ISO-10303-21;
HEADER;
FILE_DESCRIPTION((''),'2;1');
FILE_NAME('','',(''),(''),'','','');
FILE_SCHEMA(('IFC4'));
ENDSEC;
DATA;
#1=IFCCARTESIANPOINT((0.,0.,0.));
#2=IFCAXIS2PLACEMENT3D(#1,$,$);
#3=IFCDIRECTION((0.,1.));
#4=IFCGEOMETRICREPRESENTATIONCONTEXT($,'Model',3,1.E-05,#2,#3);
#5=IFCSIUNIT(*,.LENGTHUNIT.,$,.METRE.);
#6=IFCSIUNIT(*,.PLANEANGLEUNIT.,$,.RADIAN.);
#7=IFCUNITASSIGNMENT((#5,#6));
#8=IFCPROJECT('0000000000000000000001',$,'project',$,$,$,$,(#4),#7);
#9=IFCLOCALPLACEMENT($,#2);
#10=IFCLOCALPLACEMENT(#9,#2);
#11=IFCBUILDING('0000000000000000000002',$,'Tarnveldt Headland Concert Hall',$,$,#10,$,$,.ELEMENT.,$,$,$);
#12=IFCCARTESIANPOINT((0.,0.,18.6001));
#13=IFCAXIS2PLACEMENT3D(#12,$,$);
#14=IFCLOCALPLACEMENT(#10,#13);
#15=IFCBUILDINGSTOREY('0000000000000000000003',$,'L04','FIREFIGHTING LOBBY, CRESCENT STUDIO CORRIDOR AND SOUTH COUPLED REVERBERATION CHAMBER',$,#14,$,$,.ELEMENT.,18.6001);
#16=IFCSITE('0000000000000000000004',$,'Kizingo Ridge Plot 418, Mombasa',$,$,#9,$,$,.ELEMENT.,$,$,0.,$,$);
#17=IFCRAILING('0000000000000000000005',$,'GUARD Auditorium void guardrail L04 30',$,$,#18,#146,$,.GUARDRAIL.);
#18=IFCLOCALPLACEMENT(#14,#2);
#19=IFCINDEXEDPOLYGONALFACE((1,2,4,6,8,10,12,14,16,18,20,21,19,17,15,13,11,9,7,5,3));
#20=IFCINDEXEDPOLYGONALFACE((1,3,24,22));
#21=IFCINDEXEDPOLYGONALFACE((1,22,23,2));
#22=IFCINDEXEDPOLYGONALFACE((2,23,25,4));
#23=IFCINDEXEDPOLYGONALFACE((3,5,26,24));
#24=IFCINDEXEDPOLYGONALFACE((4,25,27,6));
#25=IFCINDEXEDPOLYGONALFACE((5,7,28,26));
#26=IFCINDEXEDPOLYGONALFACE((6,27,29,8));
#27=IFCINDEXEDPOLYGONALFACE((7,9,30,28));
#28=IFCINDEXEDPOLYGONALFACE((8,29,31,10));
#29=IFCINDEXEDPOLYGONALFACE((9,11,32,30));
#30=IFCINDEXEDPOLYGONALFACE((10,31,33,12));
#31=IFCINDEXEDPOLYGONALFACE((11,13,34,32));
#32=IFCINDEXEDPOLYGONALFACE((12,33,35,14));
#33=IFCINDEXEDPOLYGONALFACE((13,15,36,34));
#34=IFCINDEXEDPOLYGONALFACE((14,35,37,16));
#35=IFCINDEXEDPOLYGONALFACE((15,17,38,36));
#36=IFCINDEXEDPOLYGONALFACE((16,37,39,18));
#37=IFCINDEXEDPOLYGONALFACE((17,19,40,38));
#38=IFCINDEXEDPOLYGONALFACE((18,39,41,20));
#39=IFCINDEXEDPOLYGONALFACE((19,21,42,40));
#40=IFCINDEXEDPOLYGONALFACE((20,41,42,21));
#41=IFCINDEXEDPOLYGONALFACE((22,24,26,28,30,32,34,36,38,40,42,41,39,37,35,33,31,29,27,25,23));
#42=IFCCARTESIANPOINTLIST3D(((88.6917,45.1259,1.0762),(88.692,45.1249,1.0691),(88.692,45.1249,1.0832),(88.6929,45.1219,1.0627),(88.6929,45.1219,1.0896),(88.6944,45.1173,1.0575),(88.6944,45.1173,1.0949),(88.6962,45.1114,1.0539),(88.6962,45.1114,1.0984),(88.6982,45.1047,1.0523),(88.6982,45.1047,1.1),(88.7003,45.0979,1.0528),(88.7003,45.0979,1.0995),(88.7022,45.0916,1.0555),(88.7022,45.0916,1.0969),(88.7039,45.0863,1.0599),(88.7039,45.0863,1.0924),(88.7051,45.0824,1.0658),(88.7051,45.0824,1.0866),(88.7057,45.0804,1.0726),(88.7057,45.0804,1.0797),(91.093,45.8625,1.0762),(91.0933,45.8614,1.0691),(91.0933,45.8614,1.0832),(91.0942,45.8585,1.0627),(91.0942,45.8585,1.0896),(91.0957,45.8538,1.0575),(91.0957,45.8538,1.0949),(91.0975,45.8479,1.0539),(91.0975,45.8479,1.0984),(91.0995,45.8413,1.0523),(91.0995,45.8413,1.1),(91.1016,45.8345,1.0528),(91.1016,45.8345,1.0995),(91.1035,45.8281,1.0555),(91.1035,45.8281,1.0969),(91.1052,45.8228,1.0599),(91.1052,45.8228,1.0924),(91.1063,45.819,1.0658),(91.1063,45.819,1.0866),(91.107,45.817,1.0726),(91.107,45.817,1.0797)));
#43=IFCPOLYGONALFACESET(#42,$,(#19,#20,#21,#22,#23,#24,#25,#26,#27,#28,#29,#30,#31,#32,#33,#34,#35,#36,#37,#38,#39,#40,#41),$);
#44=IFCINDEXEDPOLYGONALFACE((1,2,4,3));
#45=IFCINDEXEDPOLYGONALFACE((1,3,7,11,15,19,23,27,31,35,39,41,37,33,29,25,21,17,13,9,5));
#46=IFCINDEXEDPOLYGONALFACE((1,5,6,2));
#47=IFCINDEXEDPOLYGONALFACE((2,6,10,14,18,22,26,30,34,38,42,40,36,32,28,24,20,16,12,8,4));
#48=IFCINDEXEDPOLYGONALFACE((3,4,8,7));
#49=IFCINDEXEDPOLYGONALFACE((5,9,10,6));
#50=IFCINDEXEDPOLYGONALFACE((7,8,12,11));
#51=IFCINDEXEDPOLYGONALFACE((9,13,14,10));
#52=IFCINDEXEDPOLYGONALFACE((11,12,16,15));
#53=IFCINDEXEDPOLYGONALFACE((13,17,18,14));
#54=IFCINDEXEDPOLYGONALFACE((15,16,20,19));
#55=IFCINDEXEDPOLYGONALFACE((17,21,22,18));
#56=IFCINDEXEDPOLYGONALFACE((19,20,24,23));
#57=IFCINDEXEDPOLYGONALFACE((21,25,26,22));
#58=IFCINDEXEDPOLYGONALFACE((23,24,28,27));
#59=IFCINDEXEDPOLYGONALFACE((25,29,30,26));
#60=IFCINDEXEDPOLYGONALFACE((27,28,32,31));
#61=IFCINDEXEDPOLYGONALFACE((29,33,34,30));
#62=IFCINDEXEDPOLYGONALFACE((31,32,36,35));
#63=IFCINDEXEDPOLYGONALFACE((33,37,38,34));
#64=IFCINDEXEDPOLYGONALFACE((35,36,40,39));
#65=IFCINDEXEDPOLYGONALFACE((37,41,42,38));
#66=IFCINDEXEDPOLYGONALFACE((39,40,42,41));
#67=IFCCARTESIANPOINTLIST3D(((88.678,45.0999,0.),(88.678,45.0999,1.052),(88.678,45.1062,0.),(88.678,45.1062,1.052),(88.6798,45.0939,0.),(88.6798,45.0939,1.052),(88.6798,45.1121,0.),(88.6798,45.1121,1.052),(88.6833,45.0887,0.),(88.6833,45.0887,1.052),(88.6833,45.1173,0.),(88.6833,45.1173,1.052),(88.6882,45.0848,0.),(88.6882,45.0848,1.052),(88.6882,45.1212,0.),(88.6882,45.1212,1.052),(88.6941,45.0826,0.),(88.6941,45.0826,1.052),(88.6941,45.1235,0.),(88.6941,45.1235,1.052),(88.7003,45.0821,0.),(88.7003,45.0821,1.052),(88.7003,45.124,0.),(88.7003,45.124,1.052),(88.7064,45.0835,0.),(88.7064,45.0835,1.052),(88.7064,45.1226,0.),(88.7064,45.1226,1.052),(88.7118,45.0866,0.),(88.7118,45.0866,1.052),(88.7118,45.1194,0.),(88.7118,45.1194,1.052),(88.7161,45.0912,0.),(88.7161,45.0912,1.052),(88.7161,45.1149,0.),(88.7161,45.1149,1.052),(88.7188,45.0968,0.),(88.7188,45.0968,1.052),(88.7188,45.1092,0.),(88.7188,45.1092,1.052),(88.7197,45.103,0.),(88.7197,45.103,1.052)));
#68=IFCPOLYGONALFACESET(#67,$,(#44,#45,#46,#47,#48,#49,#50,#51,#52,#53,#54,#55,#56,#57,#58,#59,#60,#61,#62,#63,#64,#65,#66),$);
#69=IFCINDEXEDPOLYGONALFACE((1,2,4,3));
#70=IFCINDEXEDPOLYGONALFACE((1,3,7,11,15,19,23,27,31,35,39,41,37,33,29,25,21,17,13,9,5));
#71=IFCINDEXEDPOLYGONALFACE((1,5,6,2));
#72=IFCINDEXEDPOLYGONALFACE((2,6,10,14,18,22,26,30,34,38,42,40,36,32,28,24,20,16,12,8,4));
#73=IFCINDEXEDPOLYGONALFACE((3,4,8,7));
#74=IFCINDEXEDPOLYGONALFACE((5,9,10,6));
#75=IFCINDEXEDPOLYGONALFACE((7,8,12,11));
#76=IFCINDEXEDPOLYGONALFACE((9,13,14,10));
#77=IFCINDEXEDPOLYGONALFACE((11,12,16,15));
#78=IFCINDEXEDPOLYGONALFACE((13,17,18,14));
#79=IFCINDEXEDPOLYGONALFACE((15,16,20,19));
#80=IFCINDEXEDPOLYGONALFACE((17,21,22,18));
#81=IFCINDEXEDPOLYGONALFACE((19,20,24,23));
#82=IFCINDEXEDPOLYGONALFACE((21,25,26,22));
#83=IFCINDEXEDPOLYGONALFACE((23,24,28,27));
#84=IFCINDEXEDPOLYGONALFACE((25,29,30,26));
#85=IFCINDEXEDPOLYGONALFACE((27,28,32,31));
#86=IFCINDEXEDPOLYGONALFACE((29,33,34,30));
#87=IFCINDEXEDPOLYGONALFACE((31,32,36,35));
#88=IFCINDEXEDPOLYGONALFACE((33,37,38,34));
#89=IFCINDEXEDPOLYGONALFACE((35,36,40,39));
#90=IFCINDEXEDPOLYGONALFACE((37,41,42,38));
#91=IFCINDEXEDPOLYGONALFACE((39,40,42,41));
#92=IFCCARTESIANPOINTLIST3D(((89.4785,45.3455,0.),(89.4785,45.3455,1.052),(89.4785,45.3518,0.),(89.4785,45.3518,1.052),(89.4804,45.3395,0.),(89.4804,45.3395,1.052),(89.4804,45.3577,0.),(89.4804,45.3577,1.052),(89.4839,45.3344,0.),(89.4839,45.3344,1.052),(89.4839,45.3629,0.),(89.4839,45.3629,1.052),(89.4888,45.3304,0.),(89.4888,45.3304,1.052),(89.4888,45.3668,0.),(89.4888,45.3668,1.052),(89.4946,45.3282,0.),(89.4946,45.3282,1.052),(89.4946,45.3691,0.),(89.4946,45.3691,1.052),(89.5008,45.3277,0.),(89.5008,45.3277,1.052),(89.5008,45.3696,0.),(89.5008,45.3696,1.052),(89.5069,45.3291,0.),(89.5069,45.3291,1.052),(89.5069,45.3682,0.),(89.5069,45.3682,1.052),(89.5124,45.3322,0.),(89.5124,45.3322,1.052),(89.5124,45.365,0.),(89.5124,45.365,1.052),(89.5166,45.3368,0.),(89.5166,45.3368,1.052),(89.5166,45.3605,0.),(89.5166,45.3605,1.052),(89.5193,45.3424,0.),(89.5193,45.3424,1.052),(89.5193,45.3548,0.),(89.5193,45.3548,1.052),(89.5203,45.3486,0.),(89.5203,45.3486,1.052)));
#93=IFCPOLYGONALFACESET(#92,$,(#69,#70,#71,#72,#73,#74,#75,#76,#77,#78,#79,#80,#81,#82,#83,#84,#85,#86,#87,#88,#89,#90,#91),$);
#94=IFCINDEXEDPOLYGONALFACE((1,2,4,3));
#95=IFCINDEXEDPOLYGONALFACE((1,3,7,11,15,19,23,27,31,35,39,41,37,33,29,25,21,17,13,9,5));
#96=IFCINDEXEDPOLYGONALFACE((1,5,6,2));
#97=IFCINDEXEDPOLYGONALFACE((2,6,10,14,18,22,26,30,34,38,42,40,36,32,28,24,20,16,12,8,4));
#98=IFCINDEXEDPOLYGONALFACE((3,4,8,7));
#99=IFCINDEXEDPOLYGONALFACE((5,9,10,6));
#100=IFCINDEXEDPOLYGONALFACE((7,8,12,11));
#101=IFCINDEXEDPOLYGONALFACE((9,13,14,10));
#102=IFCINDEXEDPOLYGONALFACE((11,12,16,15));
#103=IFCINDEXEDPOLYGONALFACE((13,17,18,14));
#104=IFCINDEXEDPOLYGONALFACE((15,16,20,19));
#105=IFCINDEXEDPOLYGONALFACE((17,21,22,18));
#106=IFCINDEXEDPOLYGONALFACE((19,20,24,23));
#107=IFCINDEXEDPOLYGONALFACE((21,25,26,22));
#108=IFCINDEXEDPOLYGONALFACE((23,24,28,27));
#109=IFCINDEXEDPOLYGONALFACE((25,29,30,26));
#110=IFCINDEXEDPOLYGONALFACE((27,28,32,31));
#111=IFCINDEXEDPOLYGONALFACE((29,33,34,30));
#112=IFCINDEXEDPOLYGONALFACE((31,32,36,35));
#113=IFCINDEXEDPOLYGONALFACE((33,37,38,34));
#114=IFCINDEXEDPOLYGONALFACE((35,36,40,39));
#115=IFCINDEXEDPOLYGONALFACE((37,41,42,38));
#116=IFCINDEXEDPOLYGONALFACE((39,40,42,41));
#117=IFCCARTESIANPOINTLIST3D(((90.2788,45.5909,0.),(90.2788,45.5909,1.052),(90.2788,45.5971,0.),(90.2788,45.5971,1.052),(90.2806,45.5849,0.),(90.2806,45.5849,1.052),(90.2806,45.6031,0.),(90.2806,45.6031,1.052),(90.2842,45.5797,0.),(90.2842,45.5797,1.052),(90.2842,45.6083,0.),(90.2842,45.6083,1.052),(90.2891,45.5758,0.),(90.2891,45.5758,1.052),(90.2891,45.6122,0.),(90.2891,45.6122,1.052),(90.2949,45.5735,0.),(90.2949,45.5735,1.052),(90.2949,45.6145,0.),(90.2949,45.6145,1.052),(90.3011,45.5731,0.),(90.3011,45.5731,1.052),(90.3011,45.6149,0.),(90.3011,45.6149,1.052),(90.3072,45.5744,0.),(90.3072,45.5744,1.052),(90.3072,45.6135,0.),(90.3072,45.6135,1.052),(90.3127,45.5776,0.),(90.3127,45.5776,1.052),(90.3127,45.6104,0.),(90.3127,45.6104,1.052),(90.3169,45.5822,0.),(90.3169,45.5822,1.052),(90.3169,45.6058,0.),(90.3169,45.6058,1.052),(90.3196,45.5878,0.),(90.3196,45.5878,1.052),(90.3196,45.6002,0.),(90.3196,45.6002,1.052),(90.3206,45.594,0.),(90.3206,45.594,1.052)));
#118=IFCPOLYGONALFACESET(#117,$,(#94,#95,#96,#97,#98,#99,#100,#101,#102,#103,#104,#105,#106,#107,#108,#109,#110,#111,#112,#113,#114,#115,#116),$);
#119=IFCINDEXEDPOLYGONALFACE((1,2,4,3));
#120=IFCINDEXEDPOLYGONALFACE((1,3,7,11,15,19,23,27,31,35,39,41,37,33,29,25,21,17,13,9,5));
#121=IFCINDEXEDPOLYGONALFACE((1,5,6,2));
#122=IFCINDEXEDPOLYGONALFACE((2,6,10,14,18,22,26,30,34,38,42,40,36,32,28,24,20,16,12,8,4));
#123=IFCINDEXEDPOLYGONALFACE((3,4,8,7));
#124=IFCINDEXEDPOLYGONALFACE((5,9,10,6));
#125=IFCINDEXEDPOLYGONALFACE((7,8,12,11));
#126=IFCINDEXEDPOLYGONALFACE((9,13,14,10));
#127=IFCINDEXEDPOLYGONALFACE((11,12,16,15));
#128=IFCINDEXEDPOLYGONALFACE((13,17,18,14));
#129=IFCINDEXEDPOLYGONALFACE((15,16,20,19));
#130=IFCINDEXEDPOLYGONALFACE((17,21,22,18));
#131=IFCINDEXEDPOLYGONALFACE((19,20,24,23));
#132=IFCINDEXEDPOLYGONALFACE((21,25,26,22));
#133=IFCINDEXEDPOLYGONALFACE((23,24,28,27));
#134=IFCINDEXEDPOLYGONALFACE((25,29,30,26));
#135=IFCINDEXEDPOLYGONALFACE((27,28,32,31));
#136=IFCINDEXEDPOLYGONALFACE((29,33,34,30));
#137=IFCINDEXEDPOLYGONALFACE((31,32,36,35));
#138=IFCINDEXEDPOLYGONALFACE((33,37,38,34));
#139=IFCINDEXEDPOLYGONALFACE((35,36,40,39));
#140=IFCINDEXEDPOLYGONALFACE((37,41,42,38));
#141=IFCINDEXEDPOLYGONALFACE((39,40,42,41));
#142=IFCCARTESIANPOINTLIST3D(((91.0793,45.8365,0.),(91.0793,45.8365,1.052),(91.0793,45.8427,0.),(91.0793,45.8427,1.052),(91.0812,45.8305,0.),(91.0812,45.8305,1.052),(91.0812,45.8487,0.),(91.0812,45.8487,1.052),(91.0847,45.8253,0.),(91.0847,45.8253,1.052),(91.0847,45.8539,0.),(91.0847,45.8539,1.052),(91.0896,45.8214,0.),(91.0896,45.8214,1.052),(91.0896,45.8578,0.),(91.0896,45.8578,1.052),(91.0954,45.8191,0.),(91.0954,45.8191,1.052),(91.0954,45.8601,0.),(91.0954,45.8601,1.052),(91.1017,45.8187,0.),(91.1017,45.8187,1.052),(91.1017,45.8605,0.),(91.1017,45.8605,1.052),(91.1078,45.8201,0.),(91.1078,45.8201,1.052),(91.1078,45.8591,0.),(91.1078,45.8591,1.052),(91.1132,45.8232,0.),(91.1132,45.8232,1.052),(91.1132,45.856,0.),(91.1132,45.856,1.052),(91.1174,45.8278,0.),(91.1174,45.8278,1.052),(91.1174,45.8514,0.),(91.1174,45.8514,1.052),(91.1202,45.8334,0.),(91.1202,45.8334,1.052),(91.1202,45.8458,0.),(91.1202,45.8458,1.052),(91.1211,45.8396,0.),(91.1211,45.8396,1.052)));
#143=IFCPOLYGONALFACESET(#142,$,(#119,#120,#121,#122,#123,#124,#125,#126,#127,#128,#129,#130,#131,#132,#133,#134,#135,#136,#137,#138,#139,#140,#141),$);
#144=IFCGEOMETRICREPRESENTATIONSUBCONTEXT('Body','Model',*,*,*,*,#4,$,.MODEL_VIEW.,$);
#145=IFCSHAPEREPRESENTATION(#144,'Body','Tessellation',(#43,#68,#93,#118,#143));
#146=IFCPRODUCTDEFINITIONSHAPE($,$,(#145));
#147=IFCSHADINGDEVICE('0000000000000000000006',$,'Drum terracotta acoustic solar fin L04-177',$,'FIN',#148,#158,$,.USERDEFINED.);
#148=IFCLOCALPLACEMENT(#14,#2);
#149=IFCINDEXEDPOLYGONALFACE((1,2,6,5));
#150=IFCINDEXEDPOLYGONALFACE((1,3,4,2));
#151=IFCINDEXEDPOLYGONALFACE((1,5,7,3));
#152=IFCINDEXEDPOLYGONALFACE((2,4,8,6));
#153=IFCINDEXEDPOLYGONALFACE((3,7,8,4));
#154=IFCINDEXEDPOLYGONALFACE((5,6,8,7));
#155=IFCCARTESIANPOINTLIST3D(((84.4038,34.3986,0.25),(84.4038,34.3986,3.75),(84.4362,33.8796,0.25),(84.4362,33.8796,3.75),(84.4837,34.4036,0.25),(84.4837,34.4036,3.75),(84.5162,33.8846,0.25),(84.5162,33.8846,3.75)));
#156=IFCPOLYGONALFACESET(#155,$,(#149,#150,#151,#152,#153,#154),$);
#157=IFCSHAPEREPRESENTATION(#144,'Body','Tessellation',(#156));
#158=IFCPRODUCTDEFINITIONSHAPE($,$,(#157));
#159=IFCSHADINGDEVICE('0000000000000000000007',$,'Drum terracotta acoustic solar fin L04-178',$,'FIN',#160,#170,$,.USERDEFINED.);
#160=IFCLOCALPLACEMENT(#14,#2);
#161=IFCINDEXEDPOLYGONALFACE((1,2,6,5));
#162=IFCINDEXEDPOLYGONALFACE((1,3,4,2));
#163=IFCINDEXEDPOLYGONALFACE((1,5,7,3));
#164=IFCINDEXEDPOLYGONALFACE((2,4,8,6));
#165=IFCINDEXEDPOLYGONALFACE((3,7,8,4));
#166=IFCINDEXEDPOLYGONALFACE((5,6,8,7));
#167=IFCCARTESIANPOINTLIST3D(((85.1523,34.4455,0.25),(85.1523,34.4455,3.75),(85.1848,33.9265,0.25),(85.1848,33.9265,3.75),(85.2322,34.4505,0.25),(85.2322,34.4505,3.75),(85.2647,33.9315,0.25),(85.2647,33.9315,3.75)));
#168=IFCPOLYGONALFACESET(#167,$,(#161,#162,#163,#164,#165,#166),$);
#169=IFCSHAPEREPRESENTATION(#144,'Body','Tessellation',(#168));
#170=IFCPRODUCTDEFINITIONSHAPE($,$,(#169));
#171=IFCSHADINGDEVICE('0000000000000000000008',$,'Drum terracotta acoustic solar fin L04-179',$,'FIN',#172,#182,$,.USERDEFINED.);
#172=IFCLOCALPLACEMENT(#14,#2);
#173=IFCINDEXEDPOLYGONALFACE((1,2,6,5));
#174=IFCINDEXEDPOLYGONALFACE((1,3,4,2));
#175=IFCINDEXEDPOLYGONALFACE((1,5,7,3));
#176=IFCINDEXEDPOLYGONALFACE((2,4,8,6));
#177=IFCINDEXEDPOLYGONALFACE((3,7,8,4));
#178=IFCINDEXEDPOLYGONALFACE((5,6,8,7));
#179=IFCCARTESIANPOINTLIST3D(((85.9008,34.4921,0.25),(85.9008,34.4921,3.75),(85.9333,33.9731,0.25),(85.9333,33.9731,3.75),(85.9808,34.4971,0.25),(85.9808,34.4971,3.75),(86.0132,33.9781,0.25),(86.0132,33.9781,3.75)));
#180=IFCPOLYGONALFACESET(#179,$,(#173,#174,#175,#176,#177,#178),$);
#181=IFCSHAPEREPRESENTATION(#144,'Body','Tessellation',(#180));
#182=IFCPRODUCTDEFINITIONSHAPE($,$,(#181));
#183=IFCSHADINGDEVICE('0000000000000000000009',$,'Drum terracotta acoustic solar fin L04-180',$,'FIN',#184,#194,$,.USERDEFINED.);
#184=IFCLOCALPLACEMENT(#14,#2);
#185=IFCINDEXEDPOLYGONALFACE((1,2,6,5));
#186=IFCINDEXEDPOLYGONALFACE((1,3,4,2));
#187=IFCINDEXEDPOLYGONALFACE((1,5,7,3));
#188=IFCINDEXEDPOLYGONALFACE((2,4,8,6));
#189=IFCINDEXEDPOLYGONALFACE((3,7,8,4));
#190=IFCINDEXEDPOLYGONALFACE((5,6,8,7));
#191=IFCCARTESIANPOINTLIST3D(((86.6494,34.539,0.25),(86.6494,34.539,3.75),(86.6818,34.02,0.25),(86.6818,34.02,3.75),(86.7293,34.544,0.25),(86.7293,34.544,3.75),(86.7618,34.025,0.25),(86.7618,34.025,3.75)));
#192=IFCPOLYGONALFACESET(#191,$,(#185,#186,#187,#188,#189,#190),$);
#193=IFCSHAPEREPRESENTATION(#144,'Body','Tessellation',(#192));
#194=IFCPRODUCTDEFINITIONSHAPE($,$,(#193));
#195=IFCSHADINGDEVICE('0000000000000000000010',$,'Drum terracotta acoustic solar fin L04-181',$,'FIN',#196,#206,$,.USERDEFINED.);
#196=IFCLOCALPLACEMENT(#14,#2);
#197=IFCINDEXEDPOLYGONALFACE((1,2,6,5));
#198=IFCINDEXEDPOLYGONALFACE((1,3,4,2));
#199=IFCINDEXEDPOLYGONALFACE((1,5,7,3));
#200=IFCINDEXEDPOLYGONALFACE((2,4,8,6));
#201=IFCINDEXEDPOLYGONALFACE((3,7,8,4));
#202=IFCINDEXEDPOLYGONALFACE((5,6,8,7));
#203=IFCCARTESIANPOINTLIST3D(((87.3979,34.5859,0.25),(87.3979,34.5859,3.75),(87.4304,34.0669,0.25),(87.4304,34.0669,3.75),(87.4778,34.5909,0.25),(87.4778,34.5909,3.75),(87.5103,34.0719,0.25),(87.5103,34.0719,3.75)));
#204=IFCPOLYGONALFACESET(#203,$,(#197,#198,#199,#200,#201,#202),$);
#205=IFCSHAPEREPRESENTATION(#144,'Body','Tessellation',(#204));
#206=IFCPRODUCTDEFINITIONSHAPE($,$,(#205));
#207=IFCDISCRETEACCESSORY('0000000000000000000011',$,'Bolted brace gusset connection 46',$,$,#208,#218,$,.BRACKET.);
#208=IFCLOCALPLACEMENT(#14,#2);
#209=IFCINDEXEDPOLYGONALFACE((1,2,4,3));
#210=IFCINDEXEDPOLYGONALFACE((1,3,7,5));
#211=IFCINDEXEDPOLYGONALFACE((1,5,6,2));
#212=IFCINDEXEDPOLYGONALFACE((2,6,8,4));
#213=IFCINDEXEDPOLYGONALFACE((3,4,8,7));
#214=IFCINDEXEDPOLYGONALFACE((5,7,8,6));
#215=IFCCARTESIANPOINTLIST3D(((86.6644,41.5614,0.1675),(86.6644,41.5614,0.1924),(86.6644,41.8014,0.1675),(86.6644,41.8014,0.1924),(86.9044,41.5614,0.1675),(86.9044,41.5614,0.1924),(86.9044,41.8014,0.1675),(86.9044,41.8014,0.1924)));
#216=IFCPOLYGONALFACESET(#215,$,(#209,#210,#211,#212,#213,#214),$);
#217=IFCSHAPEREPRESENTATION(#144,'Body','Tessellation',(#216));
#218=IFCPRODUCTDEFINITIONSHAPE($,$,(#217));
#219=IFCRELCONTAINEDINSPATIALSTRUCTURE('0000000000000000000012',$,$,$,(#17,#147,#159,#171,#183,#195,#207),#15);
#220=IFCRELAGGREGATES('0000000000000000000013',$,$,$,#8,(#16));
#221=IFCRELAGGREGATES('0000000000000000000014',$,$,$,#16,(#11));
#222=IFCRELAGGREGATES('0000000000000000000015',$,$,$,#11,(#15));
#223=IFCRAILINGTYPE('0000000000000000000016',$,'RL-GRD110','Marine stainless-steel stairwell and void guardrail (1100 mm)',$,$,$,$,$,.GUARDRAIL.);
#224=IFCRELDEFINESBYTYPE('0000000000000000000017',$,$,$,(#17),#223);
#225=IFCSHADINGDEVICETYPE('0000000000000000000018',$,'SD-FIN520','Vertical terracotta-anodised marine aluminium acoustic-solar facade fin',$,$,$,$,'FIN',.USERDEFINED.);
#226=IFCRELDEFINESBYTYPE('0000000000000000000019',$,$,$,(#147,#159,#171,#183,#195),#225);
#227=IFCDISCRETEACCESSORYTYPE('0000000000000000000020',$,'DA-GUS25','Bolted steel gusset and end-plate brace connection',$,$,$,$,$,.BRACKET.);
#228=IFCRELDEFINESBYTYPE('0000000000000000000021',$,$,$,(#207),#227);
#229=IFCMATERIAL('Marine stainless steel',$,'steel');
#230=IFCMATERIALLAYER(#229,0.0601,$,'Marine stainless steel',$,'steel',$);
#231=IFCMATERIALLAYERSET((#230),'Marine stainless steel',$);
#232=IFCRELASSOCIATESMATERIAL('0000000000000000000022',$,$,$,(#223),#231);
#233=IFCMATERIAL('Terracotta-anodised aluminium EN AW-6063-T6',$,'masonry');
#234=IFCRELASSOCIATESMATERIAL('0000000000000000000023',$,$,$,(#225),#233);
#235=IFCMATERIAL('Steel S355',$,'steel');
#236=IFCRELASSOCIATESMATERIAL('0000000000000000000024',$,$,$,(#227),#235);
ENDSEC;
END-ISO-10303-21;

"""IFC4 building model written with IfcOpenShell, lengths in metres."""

from ifc_helpers import new_model, si_unit, direction, frame, origin, origin_2d, place, context, subcontext, project, spatial, rectangle, circle, extrude, material, layer, layer_set, type_object, element, save


model = new_model("IFC4")

# Units and contexts
model_context = context("Model", 3, precision=1e-05, world=origin(), true_north=direction((0.0, 1.0)))
body_context = subcontext(model_context, "Body", "Model", "MODEL_VIEW")
ifc_project = project(units=[si_unit("LENGTHUNIT", "METRE"), si_unit("PLANEANGLEUNIT", "RADIAN")], contexts=[model_context])

# Site, building, storey
site_placement = place(None, origin())
site = spatial("IfcSite", under=ifc_project, at=site_placement, Name="Kizingo Ridge Plot 418, Mombasa", CompositionType="ELEMENT", RefElevation=0.0)
building_placement = place(site_placement, origin())
building = spatial("IfcBuilding", under=site, at=building_placement, Name="Tarnveldt Headland Concert Hall", CompositionType="ELEMENT")
storey_placement = place(building_placement, frame((0.0, 0.0, 18.6001)))
storey = spatial("IfcBuildingStorey", under=building, at=storey_placement, Name="L04", Description="FIREFIGHTING LOBBY, CRESCENT STUDIO CORRIDOR AND SOUTH COUPLED REVERBERATION CHAMBER", CompositionType="ELEMENT", Elevation=18.6001)

# Shared definitions
ifc_material_1 = material(Name="Steel S355", Category="steel")

# Railing
ifc_material_2 = material(Name="Marine stainless steel", Category="steel")
ifc_layer_1 = layer(ifc_material_2, 0.0601, Name="Marine stainless steel", Category="steel")
ifc_layer_set_1 = layer_set([ifc_layer_1], Name="Marine stainless steel")
railing_type = type_object("IfcRailingType", Name="RL-GRD110", Description="Marine stainless-steel stairwell and void guardrail (1100 mm)", PredefinedType="GUARDRAIL", material=ifc_layer_set_1)
railing_1_placement = place(storey_placement, frame((88.6987, 45.103, 0.0)))
element("IfcRailing", 1, at=railing_1_placement, inside=storey, type_object=railing_type, Name="GUARD Auditorium void guardrail L04 30", PredefinedType="GUARDRAIL", context=body_context, shape_type="SweptSolid", body=[
    extrude(circle(Radius=0.0239, at=origin_2d()), frame((0.0, 0.0, 1.0762), z_axis=(0.956037, 0.293246, 0.0), x_axis=(-0.293246, 0.956037, 0.0)), (0.0, 0.0, 1.0), 2.5117),
    extrude(circle(Radius=0.021, at=origin_2d()), origin(), (0.0, 0.0, 1.0), 1.052),
    extrude(circle(Radius=0.021, at=origin_2d()), frame((0.8005, 0.2456, 0.0)), (0.0, 0.0, 1.0), 1.052),
    extrude(circle(Radius=0.021, at=origin_2d()), frame((1.6008, 0.491, 0.0)), (0.0, 0.0, 1.0), 1.052),
    extrude(circle(Radius=0.021, at=origin_2d()), frame((2.4014, 0.7366, 0.0)), (0.0, 0.0, 1.0), 1.052),
])

# Shading devices
ifc_material_3 = material(Name="Terracotta-anodised aluminium EN AW-6063-T6", Category="masonry")
shading_device_type = type_object("IfcShadingDeviceType", Name="SD-FIN520", Description="Vertical terracotta-anodised marine aluminium acoustic-solar facade fin", ElementType="FIN", PredefinedType="USERDEFINED", material=ifc_material_3)
for number, where, z_axis, x_axis, name in (
    (2, (84.46, 34.1416, 0.25), (0.0, 0.0, 1.0), (0.062442, -0.998049, 0.0), "Drum terracotta acoustic solar fin L04-177"),
    (3, (85.2085, 34.1885, 0.25), (0.0, 0.0, 1.0), (0.062442, -0.998049, 0.0), "Drum terracotta acoustic solar fin L04-178"),
    (4, (85.957, 34.2351, 0.25), (0.0, 0.0, 1.0), (0.062442, -0.998049, 0.0), "Drum terracotta acoustic solar fin L04-179"),
    (5, (86.7056, 34.282, 0.25), (0.0, 0.0, 1.0), (0.062442, -0.998049, 0.0), "Drum terracotta acoustic solar fin L04-180"),
    (6, (87.4541, 34.3289, 0.25), (0.0, 0.0, 1.0), (0.062442, -0.998049, 0.0), "Drum terracotta acoustic solar fin L04-181"),
):
    element("IfcShadingDevice", number, at=place(storey_placement, frame(where, z_axis=z_axis, x_axis=x_axis)), inside=storey, type_object=shading_device_type, Name=name, ObjectType="FIN", PredefinedType="USERDEFINED", context=body_context, shape_type="SweptSolid", body=[
        extrude(rectangle(XDim=0.52, YDim=0.0801, at=origin_2d()), origin(), (0.0, 0.0, 1.0), 3.5),
    ])

# Discrete accessory
discrete_accessory_type = type_object("IfcDiscreteAccessoryType", Name="DA-GUS25", Description="Bolted steel gusset and end-plate brace connection", PredefinedType="BRACKET", material=ifc_material_1)
for number, where, z_axis, x_axis, name in (
    (7, (86.7844, 41.6814, 0.1675), (0.0, 0.0, 1.0), (1.0, 0.0, 0.0), "Bolted brace gusset connection 46"),
):
    element("IfcDiscreteAccessory", number, at=place(storey_placement, frame(where, z_axis=z_axis, x_axis=x_axis)), inside=storey, type_object=discrete_accessory_type, Name=name, PredefinedType="BRACKET", context=body_context, shape_type="SweptSolid", body=[
        extrude(rectangle(XDim=0.24, YDim=0.24, at=origin_2d()), origin(), (0.0, 0.0, 1.0), 0.0249),
    ])

save(model, "model.ifc")
